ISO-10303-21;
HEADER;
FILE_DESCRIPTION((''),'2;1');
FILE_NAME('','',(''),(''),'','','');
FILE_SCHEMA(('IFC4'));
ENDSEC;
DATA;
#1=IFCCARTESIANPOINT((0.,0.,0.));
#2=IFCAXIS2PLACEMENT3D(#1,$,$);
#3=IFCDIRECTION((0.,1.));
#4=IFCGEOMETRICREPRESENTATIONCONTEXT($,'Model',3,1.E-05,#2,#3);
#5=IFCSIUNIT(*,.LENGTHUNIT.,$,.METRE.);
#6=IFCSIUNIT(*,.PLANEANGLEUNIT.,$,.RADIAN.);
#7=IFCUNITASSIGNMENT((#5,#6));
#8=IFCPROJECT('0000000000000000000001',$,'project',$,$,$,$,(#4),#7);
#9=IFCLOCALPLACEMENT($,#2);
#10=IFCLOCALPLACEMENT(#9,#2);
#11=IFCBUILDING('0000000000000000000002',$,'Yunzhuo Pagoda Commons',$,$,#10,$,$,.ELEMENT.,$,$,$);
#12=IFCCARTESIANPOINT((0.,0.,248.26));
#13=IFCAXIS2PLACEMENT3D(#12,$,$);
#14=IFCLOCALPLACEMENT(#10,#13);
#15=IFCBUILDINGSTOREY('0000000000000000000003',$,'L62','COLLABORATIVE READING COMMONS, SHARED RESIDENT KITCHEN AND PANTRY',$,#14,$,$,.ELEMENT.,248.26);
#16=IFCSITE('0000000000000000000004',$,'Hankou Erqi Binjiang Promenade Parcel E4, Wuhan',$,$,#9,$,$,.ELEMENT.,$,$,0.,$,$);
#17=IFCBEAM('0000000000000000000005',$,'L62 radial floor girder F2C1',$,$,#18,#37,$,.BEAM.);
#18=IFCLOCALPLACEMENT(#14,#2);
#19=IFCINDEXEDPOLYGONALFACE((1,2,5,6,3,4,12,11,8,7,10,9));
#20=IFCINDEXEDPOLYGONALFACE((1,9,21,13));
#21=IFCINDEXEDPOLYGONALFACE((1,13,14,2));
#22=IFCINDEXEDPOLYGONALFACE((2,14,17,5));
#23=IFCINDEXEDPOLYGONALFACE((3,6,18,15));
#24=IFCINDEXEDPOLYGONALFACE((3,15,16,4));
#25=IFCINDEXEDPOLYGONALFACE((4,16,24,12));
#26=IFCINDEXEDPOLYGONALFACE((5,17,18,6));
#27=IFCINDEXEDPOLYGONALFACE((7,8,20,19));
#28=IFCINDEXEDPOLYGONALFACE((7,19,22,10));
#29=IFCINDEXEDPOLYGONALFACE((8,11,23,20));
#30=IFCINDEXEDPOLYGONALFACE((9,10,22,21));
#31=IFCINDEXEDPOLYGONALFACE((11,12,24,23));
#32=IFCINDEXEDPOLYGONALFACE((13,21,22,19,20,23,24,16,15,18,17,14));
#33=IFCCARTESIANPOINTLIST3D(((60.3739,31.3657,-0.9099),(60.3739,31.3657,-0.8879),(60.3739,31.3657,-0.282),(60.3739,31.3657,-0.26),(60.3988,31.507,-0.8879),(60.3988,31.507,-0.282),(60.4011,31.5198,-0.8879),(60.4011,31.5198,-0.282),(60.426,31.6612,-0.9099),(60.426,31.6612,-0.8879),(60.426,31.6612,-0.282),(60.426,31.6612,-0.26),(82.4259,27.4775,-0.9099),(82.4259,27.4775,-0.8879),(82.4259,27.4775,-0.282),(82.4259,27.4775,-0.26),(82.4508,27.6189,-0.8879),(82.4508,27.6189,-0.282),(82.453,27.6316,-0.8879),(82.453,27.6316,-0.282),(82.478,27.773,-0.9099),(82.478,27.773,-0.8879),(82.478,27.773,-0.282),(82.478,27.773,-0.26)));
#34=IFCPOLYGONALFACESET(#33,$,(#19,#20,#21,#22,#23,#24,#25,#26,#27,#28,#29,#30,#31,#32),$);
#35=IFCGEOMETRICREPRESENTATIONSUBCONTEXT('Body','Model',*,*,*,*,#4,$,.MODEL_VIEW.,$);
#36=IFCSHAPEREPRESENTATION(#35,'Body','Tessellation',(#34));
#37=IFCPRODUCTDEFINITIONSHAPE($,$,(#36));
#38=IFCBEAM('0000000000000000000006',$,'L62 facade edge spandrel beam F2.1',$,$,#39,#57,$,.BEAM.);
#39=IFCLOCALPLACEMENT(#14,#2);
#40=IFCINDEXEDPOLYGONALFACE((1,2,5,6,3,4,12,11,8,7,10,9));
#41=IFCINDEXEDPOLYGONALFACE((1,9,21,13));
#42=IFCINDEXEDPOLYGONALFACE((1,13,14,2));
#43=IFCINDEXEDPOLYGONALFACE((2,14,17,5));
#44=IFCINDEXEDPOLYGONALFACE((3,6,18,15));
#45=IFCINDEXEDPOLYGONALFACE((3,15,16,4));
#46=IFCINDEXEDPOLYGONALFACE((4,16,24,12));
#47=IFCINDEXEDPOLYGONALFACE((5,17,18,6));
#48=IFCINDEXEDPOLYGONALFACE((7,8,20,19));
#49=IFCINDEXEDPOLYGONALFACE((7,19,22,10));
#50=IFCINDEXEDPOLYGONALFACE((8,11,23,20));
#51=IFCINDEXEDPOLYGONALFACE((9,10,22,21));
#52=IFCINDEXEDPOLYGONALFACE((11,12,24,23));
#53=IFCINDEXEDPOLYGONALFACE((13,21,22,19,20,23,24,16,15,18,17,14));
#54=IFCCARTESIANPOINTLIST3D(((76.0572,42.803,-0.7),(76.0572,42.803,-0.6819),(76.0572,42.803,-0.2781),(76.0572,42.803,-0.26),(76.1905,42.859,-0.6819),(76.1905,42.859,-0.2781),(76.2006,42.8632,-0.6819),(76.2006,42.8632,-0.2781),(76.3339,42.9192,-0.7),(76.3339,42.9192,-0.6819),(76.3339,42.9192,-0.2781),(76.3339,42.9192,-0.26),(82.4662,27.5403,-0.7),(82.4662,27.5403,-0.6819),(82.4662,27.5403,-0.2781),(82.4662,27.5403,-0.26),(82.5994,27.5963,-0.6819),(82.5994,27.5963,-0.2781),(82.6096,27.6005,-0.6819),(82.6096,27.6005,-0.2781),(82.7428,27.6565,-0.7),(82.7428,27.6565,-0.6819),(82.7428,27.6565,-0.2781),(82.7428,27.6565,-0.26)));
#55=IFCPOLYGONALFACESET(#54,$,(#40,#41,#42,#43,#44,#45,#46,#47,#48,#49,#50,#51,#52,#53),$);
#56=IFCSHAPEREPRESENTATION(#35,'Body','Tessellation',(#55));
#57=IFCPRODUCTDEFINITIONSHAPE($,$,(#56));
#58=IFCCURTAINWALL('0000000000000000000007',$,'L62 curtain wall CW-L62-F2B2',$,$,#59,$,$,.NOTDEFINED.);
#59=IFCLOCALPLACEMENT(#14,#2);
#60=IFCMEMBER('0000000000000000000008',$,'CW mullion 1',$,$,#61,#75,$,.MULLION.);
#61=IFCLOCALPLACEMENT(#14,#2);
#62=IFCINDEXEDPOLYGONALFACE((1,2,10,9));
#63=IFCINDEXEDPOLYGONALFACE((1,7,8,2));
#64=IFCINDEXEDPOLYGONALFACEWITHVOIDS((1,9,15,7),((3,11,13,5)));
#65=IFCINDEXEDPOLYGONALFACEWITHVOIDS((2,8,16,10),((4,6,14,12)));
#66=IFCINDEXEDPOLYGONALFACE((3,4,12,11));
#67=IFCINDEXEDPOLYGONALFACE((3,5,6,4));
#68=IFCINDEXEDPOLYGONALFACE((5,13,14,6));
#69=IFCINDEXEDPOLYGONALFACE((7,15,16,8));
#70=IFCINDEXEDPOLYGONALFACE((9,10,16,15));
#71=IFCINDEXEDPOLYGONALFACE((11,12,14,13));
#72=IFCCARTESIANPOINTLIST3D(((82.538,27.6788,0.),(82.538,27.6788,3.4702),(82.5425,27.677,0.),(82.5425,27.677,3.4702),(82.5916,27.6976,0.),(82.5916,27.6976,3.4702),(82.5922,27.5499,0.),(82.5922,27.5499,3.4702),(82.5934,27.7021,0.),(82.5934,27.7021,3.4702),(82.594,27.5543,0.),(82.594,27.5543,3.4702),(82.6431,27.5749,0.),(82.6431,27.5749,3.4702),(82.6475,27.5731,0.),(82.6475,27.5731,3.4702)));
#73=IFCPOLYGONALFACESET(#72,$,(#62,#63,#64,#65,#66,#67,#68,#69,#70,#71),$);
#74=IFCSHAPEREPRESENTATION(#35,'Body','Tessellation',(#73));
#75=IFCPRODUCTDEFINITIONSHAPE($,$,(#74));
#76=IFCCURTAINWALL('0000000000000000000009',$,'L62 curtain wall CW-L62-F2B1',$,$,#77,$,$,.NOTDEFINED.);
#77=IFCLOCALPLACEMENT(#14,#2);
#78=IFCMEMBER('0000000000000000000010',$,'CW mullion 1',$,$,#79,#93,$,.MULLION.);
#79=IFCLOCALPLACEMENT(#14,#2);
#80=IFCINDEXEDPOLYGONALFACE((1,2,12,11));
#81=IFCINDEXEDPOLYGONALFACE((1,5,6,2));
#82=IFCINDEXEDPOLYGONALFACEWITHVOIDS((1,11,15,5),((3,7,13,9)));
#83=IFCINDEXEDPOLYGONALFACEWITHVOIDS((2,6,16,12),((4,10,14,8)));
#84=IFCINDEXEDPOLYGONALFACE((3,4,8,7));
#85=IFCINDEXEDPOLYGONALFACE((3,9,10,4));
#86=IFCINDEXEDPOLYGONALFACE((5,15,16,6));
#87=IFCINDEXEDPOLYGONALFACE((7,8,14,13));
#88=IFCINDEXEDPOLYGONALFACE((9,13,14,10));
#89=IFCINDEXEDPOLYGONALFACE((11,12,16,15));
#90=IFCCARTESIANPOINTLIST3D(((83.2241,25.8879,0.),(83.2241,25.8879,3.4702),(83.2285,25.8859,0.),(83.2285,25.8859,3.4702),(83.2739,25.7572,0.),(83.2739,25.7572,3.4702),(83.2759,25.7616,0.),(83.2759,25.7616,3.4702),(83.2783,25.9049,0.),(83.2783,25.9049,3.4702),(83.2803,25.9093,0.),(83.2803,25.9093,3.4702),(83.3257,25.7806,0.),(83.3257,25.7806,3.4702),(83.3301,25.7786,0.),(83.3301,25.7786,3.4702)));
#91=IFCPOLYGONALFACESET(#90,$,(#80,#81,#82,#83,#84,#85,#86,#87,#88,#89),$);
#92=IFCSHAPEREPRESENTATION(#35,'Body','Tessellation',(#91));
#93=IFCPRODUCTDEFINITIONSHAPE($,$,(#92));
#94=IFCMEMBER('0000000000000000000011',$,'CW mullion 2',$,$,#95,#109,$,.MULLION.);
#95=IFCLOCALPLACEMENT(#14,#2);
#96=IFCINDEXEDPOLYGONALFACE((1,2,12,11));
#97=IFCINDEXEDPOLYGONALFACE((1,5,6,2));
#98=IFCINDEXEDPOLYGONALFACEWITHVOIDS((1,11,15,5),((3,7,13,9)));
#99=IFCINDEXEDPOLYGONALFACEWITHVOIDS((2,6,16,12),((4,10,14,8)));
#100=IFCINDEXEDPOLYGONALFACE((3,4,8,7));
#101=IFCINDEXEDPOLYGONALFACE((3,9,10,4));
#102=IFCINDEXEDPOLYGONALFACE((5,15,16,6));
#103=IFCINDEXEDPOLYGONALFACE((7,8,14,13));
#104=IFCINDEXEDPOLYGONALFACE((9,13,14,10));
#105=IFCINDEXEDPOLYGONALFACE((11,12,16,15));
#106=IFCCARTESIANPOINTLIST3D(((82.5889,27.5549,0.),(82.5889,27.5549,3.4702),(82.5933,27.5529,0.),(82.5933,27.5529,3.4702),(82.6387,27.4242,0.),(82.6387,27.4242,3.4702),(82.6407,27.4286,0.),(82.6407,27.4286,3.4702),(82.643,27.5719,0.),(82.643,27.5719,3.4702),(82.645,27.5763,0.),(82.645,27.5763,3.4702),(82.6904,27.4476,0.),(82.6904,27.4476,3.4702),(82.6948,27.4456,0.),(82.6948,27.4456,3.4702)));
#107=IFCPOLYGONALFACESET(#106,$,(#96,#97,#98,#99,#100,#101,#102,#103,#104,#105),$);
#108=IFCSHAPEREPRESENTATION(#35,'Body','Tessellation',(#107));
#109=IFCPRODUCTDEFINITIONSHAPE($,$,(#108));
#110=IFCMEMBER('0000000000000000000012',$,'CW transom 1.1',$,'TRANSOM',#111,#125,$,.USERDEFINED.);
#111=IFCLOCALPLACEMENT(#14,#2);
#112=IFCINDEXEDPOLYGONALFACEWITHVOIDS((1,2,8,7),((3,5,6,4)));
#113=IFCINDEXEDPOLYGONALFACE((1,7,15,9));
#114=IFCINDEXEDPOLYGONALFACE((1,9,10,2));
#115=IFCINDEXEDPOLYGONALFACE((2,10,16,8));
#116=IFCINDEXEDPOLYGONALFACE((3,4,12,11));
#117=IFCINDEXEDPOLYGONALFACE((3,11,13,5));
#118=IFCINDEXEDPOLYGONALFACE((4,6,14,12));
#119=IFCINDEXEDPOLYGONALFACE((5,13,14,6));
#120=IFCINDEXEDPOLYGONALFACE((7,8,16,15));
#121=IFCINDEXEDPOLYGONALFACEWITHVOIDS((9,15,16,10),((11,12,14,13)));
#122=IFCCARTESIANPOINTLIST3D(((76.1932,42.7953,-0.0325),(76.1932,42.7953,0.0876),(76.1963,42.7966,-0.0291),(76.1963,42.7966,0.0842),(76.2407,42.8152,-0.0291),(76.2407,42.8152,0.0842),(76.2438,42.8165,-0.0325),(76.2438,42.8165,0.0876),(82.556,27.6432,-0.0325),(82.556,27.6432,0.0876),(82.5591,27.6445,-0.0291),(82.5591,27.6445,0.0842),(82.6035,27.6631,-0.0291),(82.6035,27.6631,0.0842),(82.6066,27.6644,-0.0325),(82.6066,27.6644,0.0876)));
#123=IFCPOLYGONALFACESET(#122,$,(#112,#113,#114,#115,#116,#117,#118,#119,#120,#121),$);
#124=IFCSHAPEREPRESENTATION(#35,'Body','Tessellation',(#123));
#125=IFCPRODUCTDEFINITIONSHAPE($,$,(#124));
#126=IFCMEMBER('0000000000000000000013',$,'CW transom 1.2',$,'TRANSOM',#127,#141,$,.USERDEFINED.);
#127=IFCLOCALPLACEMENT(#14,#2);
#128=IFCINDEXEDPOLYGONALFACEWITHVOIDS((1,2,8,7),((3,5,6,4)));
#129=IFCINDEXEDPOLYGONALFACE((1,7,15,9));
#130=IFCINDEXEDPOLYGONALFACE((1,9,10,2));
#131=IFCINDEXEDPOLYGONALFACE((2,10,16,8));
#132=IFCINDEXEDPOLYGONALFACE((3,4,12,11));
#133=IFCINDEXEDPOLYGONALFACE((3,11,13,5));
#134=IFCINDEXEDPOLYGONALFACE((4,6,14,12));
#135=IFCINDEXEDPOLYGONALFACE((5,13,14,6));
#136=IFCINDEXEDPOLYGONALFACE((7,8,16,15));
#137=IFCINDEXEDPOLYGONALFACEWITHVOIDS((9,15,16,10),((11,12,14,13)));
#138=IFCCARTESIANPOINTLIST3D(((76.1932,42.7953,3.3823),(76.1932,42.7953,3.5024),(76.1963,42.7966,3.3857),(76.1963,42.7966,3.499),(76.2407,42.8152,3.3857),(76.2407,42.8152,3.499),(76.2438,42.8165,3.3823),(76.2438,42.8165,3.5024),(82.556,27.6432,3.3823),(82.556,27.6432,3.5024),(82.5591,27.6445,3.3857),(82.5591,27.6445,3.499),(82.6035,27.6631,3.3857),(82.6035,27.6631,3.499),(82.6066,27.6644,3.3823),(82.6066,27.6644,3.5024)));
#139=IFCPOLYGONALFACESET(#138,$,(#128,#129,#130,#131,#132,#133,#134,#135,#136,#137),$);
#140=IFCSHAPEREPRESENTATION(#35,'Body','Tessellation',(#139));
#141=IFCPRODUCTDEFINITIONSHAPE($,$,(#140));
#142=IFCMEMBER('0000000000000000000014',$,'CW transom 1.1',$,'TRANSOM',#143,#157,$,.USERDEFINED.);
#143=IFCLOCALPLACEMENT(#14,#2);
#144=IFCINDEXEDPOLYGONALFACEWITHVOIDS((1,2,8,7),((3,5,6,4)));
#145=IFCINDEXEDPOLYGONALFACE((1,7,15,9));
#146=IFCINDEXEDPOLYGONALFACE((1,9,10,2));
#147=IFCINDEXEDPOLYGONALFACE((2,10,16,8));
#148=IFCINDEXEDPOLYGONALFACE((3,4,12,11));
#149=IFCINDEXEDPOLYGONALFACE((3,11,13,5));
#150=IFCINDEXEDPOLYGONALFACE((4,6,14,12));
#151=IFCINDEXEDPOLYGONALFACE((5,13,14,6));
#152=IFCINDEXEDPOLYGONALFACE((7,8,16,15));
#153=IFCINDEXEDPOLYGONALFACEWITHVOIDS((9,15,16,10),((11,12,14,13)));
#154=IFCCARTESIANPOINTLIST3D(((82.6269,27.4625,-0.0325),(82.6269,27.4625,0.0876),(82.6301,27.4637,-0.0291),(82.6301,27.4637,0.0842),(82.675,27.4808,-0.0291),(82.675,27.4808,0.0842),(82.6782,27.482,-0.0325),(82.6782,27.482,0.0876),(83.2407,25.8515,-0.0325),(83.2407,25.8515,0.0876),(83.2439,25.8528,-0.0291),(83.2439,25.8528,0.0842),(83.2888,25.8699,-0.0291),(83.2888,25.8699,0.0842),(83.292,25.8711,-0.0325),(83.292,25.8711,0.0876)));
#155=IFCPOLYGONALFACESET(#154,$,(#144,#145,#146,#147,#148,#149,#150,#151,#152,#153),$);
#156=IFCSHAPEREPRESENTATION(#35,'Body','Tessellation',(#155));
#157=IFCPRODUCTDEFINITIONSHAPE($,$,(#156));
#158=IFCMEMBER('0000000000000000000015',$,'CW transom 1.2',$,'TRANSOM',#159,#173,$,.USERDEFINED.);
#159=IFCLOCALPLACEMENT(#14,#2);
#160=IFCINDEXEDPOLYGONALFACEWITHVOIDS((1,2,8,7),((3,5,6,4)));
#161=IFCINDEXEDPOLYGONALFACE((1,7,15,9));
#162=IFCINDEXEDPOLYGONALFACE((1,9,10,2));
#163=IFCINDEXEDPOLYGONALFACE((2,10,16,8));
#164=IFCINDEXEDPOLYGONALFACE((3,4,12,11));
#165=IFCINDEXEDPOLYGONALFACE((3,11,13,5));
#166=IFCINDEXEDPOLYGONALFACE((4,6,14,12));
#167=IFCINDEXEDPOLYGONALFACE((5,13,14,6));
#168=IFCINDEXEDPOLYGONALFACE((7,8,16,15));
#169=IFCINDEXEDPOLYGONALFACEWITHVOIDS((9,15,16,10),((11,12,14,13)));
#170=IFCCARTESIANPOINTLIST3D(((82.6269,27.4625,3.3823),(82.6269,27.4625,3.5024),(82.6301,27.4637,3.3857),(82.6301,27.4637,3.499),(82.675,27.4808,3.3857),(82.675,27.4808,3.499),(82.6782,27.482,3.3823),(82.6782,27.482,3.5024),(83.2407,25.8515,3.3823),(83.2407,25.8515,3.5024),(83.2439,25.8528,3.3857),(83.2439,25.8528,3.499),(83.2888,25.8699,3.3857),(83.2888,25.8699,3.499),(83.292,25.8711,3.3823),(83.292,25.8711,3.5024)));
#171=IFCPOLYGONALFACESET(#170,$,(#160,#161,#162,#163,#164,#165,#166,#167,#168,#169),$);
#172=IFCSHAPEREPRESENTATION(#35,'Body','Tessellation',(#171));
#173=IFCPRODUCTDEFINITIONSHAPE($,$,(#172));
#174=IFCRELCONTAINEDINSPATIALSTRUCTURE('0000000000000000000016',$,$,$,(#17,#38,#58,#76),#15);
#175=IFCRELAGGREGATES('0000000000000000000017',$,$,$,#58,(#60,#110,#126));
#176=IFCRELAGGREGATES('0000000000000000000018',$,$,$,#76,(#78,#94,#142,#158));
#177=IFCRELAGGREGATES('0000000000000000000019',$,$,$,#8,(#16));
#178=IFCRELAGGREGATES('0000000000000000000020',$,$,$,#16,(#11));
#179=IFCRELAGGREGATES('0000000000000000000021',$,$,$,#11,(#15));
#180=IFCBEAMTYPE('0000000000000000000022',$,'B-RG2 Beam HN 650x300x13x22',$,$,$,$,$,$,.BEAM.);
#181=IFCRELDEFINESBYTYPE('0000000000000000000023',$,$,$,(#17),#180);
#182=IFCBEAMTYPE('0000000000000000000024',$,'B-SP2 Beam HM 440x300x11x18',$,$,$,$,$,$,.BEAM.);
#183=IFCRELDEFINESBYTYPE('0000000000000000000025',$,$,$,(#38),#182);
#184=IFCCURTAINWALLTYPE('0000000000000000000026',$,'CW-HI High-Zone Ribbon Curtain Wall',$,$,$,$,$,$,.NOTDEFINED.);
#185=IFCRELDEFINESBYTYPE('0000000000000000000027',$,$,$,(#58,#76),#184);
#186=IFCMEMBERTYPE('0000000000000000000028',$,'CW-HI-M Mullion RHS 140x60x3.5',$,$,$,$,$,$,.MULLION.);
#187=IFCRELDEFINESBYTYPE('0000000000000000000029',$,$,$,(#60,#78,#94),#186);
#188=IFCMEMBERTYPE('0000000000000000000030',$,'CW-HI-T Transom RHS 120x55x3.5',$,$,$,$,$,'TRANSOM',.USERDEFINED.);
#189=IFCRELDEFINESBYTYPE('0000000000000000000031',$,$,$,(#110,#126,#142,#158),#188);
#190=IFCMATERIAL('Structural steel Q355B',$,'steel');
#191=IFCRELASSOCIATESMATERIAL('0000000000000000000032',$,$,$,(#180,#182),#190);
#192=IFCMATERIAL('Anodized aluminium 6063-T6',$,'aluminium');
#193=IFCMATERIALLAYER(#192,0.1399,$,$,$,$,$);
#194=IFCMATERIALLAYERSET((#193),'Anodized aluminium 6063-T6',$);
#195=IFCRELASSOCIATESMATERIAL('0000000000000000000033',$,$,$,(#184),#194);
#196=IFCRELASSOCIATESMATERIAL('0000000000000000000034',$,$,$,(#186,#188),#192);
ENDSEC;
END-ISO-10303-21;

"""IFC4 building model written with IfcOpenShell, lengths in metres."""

from ifc_helpers import new_model, si_unit, direction, frame, origin, origin_2d, place, context, subcontext, project, spatial, hollow_rectangle, i_section, extrude, source, transform, mapped, material, layer, layer_set, material_profile, profile_set, type_object, element, aggregate, save


model = new_model("IFC4")

# Units and contexts
model_context = context("Model", 3, precision=1e-05, world=origin(), true_north=direction((0.0, 1.0)))
body_context = subcontext(model_context, "Body", "Model", "MODEL_VIEW")
ifc_project = project(units=[si_unit("LENGTHUNIT", "METRE"), si_unit("PLANEANGLEUNIT", "RADIAN")], contexts=[model_context])

# Site, building, storey
site_placement = place(None, origin())
site = spatial("IfcSite", under=ifc_project, at=site_placement, Name="Hankou Erqi Binjiang Promenade Parcel E4, Wuhan", CompositionType="ELEMENT", RefElevation=0.0)
building_placement = place(site_placement, origin())
building = spatial("IfcBuilding", under=site, at=building_placement, Name="Yunzhuo Pagoda Commons", CompositionType="ELEMENT")
storey_placement = place(building_placement, frame((0.0, 0.0, 248.26)))
storey = spatial("IfcBuildingStorey", under=building, at=storey_placement, Name="L62", Description="COLLABORATIVE READING COMMONS, SHARED RESIDENT KITCHEN AND PANTRY", CompositionType="ELEMENT", Elevation=248.26)

# Beams
ifc_material_1 = material(Name="Structural steel Q355B", Category="steel")
ifc_material_profile_1 = material_profile(ifc_material_1, i_section(OverallWidth=0.3, OverallDepth=0.6499, WebThickness=0.0129, FlangeThickness=0.022, at=origin_2d()), Name="Structural steel Q355B")
ifc_profile_set_1 = profile_set([ifc_material_profile_1], Name="Structural steel Q355B")
beam_type_1 = type_object("IfcBeamType", Name="B-RG2 Beam HN 650x300x13x22", PredefinedType="BEAM", material=ifc_profile_set_1)
shared_shape_1 = source(origin(), body_context, "Body", "SweptSolid", [
    extrude(i_section(OverallWidth=0.3, OverallDepth=0.6499, WebThickness=0.0129, FlangeThickness=0.022, at=origin_2d()), origin(), (0.0, 0.0, 1.0), 22.3921),
])
beam_1_placement = place(storey_placement, frame((82.4519, 27.6252, -0.585), z_axis=(-0.984809, 0.17364, 0.0), x_axis=(-0.17364, -0.984809, 0.0)))
element("IfcBeam", 1, at=beam_1_placement, inside=storey, type_object=beam_type_1, Name="L62 radial floor girder F2C1", PredefinedType="BEAM", context=body_context, shape_type="MappedRepresentation", body=[
    mapped(shared_shape_1, transform((0.0, 0.0, 0.0), scale=1.0)),
])
ifc_material_profile_2 = material_profile(ifc_material_1, i_section(OverallWidth=0.3, OverallDepth=0.4399, WebThickness=0.011, FlangeThickness=0.0181, at=origin_2d()), Name="Structural steel Q355B")
ifc_profile_set_2 = profile_set([ifc_material_profile_2], Name="Structural steel Q355B")
beam_type_2 = type_object("IfcBeamType", Name="B-SP2 Beam HM 440x300x11x18", PredefinedType="BEAM", material=ifc_profile_set_2)
shared_shape_2 = source(origin(), body_context, "Body", "SweptSolid", [
    extrude(i_section(OverallWidth=0.3, OverallDepth=0.4399, WebThickness=0.011, FlangeThickness=0.0181, at=origin_2d()), origin(), (0.0, 0.0, 1.0), 16.5537),
])
beam_2_placement = place(storey_placement, frame((82.6045, 27.5984, -0.48), z_axis=(-0.387161, 0.922012, 0.0), x_axis=(-0.922012, -0.387161, 0.0)))
element("IfcBeam", 2, at=beam_2_placement, inside=storey, type_object=beam_type_2, Name="L62 facade edge spandrel beam F2.1", PredefinedType="BEAM", context=body_context, shape_type="MappedRepresentation", body=[
    mapped(shared_shape_2, transform((0.0, 0.0, 0.0), scale=1.0)),
])

# Curtain wall, member
ifc_material_2 = material(Name="Anodized aluminium 6063-T6", Category="aluminium")
ifc_layer_1 = layer(ifc_material_2, 0.1399)
ifc_layer_set_1 = layer_set([ifc_layer_1], Name="Anodized aluminium 6063-T6")
curtain_wall_type_1 = type_object("IfcCurtainWallType", Name="CW-HI High-Zone Ribbon Curtain Wall", PredefinedType="NOTDEFINED", material=ifc_layer_set_1)
curtain_wall_1_placement = place(storey_placement, origin())
curtain_wall_1 = element("IfcCurtainWall", 3, at=curtain_wall_1_placement, inside=storey, type_object=curtain_wall_type_1, Name="L62 curtain wall CW-L62-F2B2", PredefinedType="NOTDEFINED")
ifc_material_profile_3 = material_profile(ifc_material_2, hollow_rectangle(XDim=0.0601, YDim=0.1399, WallThickness=0.0034, at=origin_2d()), Name="Anodized aluminium 6063-T6")
ifc_profile_set_3 = profile_set([ifc_material_profile_3], Name="Anodized aluminium 6063-T6")
member_type_1 = type_object("IfcMemberType", Name="CW-HI-M Mullion RHS 140x60x3.5", PredefinedType="MULLION", material=ifc_profile_set_3)
shared_shape_3 = source(origin(), body_context, "Body", "SweptSolid", [
    extrude(hollow_rectangle(XDim=0.0601, YDim=0.1399, WallThickness=0.0034, at=origin_2d()), origin(), (0.0, 0.0, 1.0), 3.4702),
])
member_1_placement = place(storey_placement, frame((82.5928, 27.626, 0.0), z_axis=(0.0, 0.0, 1.0), x_axis=(-0.922008, -0.38717, 0.0)))
member_1 = element("IfcMember", 4, at=member_1_placement, type_object=member_type_1, Name="CW mullion 1", PredefinedType="MULLION", context=body_context, shape_type="MappedRepresentation", body=[
    mapped(shared_shape_3, transform((0.0, 0.0, 0.0), scale=1.0)),
])

# Curtain wall, members
curtain_wall_2_placement = place(storey_placement, origin())
curtain_wall_2 = element("IfcCurtainWall", 5, at=curtain_wall_2_placement, inside=storey, type_object=curtain_wall_type_1, Name="L62 curtain wall CW-L62-F2B1", PredefinedType="NOTDEFINED")
member_2_placement = place(storey_placement, frame((83.2771, 25.8333, 0.0), z_axis=(0.0, 0.0, 1.0), x_axis=(-0.934441, -0.356117, 0.0)))
member_2 = element("IfcMember", 6, at=member_2_placement, type_object=member_type_1, Name="CW mullion 1", PredefinedType="MULLION", context=body_context, shape_type="MappedRepresentation", body=[
    mapped(shared_shape_3, transform((0.0, 0.0, 0.0), scale=1.0)),
])
member_3_placement = place(storey_placement, frame((82.6418, 27.5002, 0.0), z_axis=(0.0, 0.0, 1.0), x_axis=(-0.934441, -0.356117, 0.0)))
member_3 = element("IfcMember", 7, at=member_3_placement, type_object=member_type_1, Name="CW mullion 2", PredefinedType="MULLION", context=body_context, shape_type="MappedRepresentation", body=[
    mapped(shared_shape_3, transform((0.0, 0.0, 0.0), scale=1.0)),
])

# Members
ifc_material_profile_4 = material_profile(ifc_material_2, hollow_rectangle(XDim=0.0549, YDim=0.1201, WallThickness=0.0034, at=origin_2d()), Name="Anodized aluminium 6063-T6")
ifc_profile_set_4 = profile_set([ifc_material_profile_4], Name="Anodized aluminium 6063-T6")
member_type_2 = type_object("IfcMemberType", Name="CW-HI-T Transom RHS 120x55x3.5", ElementType="TRANSOM", PredefinedType="USERDEFINED", material=ifc_profile_set_4)
shared_shape_4 = source(origin(), body_context, "Body", "SweptSolid", [
    extrude(hollow_rectangle(XDim=0.0549, YDim=0.1201, WallThickness=0.0034, at=origin_2d()), origin(), (0.0, 0.0, 1.0), 16.4338),
])
member_4_placement = place(storey_placement, frame((82.5813, 27.6538, 0.0276), z_axis=(-0.387176, 0.922006, 0.0), x_axis=(-0.922006, -0.387176, 0.0)))
member_4 = element("IfcMember", 8, at=member_4_placement, type_object=member_type_2, Name="CW transom 1.1", ObjectType="TRANSOM", PredefinedType="USERDEFINED", context=body_context, shape_type="MappedRepresentation", body=[
    mapped(shared_shape_4, transform((0.0, 0.0, 0.0), scale=1.0)),
])
member_5_placement = place(storey_placement, frame((82.5813, 27.6538, 3.4424), z_axis=(-0.387176, 0.922006, 0.0), x_axis=(-0.922006, -0.387176, 0.0)))
member_5 = element("IfcMember", 9, at=member_5_placement, type_object=member_type_2, Name="CW transom 1.2", ObjectType="TRANSOM", PredefinedType="USERDEFINED", context=body_context, shape_type="MappedRepresentation", body=[
    mapped(shared_shape_4, transform((0.0, 0.0, 0.0), scale=1.0)),
])
aggregate(curtain_wall_1, [member_1, member_4, member_5])
shared_shape_5 = source(origin(), body_context, "Body", "SweptSolid", [
    extrude(hollow_rectangle(XDim=0.0549, YDim=0.1201, WallThickness=0.0034, at=origin_2d()), origin(), (0.0, 0.0, 1.0), 1.7239),
])
member_6_placement = place(storey_placement, frame((83.2664, 25.8613, 0.0276), z_axis=(-0.356054, 0.934465, 0.0), x_axis=(-0.934465, -0.356054, 0.0)))
member_6 = element("IfcMember", 10, at=member_6_placement, type_object=member_type_2, Name="CW transom 1.1", ObjectType="TRANSOM", PredefinedType="USERDEFINED", context=body_context, shape_type="MappedRepresentation", body=[
    mapped(shared_shape_5, transform((0.0, 0.0, 0.0), scale=1.0)),
])
member_7_placement = place(storey_placement, frame((83.2664, 25.8613, 3.4424), z_axis=(-0.356054, 0.934465, 0.0), x_axis=(-0.934465, -0.356054, 0.0)))
member_7 = element("IfcMember", 11, at=member_7_placement, type_object=member_type_2, Name="CW transom 1.2", ObjectType="TRANSOM", PredefinedType="USERDEFINED", context=body_context, shape_type="MappedRepresentation", body=[
    mapped(shared_shape_5, transform((0.0, 0.0, 0.0), scale=1.0)),
])

aggregate(curtain_wall_2, [member_2, member_3, member_6, member_7])

save(model, "model.ifc")
